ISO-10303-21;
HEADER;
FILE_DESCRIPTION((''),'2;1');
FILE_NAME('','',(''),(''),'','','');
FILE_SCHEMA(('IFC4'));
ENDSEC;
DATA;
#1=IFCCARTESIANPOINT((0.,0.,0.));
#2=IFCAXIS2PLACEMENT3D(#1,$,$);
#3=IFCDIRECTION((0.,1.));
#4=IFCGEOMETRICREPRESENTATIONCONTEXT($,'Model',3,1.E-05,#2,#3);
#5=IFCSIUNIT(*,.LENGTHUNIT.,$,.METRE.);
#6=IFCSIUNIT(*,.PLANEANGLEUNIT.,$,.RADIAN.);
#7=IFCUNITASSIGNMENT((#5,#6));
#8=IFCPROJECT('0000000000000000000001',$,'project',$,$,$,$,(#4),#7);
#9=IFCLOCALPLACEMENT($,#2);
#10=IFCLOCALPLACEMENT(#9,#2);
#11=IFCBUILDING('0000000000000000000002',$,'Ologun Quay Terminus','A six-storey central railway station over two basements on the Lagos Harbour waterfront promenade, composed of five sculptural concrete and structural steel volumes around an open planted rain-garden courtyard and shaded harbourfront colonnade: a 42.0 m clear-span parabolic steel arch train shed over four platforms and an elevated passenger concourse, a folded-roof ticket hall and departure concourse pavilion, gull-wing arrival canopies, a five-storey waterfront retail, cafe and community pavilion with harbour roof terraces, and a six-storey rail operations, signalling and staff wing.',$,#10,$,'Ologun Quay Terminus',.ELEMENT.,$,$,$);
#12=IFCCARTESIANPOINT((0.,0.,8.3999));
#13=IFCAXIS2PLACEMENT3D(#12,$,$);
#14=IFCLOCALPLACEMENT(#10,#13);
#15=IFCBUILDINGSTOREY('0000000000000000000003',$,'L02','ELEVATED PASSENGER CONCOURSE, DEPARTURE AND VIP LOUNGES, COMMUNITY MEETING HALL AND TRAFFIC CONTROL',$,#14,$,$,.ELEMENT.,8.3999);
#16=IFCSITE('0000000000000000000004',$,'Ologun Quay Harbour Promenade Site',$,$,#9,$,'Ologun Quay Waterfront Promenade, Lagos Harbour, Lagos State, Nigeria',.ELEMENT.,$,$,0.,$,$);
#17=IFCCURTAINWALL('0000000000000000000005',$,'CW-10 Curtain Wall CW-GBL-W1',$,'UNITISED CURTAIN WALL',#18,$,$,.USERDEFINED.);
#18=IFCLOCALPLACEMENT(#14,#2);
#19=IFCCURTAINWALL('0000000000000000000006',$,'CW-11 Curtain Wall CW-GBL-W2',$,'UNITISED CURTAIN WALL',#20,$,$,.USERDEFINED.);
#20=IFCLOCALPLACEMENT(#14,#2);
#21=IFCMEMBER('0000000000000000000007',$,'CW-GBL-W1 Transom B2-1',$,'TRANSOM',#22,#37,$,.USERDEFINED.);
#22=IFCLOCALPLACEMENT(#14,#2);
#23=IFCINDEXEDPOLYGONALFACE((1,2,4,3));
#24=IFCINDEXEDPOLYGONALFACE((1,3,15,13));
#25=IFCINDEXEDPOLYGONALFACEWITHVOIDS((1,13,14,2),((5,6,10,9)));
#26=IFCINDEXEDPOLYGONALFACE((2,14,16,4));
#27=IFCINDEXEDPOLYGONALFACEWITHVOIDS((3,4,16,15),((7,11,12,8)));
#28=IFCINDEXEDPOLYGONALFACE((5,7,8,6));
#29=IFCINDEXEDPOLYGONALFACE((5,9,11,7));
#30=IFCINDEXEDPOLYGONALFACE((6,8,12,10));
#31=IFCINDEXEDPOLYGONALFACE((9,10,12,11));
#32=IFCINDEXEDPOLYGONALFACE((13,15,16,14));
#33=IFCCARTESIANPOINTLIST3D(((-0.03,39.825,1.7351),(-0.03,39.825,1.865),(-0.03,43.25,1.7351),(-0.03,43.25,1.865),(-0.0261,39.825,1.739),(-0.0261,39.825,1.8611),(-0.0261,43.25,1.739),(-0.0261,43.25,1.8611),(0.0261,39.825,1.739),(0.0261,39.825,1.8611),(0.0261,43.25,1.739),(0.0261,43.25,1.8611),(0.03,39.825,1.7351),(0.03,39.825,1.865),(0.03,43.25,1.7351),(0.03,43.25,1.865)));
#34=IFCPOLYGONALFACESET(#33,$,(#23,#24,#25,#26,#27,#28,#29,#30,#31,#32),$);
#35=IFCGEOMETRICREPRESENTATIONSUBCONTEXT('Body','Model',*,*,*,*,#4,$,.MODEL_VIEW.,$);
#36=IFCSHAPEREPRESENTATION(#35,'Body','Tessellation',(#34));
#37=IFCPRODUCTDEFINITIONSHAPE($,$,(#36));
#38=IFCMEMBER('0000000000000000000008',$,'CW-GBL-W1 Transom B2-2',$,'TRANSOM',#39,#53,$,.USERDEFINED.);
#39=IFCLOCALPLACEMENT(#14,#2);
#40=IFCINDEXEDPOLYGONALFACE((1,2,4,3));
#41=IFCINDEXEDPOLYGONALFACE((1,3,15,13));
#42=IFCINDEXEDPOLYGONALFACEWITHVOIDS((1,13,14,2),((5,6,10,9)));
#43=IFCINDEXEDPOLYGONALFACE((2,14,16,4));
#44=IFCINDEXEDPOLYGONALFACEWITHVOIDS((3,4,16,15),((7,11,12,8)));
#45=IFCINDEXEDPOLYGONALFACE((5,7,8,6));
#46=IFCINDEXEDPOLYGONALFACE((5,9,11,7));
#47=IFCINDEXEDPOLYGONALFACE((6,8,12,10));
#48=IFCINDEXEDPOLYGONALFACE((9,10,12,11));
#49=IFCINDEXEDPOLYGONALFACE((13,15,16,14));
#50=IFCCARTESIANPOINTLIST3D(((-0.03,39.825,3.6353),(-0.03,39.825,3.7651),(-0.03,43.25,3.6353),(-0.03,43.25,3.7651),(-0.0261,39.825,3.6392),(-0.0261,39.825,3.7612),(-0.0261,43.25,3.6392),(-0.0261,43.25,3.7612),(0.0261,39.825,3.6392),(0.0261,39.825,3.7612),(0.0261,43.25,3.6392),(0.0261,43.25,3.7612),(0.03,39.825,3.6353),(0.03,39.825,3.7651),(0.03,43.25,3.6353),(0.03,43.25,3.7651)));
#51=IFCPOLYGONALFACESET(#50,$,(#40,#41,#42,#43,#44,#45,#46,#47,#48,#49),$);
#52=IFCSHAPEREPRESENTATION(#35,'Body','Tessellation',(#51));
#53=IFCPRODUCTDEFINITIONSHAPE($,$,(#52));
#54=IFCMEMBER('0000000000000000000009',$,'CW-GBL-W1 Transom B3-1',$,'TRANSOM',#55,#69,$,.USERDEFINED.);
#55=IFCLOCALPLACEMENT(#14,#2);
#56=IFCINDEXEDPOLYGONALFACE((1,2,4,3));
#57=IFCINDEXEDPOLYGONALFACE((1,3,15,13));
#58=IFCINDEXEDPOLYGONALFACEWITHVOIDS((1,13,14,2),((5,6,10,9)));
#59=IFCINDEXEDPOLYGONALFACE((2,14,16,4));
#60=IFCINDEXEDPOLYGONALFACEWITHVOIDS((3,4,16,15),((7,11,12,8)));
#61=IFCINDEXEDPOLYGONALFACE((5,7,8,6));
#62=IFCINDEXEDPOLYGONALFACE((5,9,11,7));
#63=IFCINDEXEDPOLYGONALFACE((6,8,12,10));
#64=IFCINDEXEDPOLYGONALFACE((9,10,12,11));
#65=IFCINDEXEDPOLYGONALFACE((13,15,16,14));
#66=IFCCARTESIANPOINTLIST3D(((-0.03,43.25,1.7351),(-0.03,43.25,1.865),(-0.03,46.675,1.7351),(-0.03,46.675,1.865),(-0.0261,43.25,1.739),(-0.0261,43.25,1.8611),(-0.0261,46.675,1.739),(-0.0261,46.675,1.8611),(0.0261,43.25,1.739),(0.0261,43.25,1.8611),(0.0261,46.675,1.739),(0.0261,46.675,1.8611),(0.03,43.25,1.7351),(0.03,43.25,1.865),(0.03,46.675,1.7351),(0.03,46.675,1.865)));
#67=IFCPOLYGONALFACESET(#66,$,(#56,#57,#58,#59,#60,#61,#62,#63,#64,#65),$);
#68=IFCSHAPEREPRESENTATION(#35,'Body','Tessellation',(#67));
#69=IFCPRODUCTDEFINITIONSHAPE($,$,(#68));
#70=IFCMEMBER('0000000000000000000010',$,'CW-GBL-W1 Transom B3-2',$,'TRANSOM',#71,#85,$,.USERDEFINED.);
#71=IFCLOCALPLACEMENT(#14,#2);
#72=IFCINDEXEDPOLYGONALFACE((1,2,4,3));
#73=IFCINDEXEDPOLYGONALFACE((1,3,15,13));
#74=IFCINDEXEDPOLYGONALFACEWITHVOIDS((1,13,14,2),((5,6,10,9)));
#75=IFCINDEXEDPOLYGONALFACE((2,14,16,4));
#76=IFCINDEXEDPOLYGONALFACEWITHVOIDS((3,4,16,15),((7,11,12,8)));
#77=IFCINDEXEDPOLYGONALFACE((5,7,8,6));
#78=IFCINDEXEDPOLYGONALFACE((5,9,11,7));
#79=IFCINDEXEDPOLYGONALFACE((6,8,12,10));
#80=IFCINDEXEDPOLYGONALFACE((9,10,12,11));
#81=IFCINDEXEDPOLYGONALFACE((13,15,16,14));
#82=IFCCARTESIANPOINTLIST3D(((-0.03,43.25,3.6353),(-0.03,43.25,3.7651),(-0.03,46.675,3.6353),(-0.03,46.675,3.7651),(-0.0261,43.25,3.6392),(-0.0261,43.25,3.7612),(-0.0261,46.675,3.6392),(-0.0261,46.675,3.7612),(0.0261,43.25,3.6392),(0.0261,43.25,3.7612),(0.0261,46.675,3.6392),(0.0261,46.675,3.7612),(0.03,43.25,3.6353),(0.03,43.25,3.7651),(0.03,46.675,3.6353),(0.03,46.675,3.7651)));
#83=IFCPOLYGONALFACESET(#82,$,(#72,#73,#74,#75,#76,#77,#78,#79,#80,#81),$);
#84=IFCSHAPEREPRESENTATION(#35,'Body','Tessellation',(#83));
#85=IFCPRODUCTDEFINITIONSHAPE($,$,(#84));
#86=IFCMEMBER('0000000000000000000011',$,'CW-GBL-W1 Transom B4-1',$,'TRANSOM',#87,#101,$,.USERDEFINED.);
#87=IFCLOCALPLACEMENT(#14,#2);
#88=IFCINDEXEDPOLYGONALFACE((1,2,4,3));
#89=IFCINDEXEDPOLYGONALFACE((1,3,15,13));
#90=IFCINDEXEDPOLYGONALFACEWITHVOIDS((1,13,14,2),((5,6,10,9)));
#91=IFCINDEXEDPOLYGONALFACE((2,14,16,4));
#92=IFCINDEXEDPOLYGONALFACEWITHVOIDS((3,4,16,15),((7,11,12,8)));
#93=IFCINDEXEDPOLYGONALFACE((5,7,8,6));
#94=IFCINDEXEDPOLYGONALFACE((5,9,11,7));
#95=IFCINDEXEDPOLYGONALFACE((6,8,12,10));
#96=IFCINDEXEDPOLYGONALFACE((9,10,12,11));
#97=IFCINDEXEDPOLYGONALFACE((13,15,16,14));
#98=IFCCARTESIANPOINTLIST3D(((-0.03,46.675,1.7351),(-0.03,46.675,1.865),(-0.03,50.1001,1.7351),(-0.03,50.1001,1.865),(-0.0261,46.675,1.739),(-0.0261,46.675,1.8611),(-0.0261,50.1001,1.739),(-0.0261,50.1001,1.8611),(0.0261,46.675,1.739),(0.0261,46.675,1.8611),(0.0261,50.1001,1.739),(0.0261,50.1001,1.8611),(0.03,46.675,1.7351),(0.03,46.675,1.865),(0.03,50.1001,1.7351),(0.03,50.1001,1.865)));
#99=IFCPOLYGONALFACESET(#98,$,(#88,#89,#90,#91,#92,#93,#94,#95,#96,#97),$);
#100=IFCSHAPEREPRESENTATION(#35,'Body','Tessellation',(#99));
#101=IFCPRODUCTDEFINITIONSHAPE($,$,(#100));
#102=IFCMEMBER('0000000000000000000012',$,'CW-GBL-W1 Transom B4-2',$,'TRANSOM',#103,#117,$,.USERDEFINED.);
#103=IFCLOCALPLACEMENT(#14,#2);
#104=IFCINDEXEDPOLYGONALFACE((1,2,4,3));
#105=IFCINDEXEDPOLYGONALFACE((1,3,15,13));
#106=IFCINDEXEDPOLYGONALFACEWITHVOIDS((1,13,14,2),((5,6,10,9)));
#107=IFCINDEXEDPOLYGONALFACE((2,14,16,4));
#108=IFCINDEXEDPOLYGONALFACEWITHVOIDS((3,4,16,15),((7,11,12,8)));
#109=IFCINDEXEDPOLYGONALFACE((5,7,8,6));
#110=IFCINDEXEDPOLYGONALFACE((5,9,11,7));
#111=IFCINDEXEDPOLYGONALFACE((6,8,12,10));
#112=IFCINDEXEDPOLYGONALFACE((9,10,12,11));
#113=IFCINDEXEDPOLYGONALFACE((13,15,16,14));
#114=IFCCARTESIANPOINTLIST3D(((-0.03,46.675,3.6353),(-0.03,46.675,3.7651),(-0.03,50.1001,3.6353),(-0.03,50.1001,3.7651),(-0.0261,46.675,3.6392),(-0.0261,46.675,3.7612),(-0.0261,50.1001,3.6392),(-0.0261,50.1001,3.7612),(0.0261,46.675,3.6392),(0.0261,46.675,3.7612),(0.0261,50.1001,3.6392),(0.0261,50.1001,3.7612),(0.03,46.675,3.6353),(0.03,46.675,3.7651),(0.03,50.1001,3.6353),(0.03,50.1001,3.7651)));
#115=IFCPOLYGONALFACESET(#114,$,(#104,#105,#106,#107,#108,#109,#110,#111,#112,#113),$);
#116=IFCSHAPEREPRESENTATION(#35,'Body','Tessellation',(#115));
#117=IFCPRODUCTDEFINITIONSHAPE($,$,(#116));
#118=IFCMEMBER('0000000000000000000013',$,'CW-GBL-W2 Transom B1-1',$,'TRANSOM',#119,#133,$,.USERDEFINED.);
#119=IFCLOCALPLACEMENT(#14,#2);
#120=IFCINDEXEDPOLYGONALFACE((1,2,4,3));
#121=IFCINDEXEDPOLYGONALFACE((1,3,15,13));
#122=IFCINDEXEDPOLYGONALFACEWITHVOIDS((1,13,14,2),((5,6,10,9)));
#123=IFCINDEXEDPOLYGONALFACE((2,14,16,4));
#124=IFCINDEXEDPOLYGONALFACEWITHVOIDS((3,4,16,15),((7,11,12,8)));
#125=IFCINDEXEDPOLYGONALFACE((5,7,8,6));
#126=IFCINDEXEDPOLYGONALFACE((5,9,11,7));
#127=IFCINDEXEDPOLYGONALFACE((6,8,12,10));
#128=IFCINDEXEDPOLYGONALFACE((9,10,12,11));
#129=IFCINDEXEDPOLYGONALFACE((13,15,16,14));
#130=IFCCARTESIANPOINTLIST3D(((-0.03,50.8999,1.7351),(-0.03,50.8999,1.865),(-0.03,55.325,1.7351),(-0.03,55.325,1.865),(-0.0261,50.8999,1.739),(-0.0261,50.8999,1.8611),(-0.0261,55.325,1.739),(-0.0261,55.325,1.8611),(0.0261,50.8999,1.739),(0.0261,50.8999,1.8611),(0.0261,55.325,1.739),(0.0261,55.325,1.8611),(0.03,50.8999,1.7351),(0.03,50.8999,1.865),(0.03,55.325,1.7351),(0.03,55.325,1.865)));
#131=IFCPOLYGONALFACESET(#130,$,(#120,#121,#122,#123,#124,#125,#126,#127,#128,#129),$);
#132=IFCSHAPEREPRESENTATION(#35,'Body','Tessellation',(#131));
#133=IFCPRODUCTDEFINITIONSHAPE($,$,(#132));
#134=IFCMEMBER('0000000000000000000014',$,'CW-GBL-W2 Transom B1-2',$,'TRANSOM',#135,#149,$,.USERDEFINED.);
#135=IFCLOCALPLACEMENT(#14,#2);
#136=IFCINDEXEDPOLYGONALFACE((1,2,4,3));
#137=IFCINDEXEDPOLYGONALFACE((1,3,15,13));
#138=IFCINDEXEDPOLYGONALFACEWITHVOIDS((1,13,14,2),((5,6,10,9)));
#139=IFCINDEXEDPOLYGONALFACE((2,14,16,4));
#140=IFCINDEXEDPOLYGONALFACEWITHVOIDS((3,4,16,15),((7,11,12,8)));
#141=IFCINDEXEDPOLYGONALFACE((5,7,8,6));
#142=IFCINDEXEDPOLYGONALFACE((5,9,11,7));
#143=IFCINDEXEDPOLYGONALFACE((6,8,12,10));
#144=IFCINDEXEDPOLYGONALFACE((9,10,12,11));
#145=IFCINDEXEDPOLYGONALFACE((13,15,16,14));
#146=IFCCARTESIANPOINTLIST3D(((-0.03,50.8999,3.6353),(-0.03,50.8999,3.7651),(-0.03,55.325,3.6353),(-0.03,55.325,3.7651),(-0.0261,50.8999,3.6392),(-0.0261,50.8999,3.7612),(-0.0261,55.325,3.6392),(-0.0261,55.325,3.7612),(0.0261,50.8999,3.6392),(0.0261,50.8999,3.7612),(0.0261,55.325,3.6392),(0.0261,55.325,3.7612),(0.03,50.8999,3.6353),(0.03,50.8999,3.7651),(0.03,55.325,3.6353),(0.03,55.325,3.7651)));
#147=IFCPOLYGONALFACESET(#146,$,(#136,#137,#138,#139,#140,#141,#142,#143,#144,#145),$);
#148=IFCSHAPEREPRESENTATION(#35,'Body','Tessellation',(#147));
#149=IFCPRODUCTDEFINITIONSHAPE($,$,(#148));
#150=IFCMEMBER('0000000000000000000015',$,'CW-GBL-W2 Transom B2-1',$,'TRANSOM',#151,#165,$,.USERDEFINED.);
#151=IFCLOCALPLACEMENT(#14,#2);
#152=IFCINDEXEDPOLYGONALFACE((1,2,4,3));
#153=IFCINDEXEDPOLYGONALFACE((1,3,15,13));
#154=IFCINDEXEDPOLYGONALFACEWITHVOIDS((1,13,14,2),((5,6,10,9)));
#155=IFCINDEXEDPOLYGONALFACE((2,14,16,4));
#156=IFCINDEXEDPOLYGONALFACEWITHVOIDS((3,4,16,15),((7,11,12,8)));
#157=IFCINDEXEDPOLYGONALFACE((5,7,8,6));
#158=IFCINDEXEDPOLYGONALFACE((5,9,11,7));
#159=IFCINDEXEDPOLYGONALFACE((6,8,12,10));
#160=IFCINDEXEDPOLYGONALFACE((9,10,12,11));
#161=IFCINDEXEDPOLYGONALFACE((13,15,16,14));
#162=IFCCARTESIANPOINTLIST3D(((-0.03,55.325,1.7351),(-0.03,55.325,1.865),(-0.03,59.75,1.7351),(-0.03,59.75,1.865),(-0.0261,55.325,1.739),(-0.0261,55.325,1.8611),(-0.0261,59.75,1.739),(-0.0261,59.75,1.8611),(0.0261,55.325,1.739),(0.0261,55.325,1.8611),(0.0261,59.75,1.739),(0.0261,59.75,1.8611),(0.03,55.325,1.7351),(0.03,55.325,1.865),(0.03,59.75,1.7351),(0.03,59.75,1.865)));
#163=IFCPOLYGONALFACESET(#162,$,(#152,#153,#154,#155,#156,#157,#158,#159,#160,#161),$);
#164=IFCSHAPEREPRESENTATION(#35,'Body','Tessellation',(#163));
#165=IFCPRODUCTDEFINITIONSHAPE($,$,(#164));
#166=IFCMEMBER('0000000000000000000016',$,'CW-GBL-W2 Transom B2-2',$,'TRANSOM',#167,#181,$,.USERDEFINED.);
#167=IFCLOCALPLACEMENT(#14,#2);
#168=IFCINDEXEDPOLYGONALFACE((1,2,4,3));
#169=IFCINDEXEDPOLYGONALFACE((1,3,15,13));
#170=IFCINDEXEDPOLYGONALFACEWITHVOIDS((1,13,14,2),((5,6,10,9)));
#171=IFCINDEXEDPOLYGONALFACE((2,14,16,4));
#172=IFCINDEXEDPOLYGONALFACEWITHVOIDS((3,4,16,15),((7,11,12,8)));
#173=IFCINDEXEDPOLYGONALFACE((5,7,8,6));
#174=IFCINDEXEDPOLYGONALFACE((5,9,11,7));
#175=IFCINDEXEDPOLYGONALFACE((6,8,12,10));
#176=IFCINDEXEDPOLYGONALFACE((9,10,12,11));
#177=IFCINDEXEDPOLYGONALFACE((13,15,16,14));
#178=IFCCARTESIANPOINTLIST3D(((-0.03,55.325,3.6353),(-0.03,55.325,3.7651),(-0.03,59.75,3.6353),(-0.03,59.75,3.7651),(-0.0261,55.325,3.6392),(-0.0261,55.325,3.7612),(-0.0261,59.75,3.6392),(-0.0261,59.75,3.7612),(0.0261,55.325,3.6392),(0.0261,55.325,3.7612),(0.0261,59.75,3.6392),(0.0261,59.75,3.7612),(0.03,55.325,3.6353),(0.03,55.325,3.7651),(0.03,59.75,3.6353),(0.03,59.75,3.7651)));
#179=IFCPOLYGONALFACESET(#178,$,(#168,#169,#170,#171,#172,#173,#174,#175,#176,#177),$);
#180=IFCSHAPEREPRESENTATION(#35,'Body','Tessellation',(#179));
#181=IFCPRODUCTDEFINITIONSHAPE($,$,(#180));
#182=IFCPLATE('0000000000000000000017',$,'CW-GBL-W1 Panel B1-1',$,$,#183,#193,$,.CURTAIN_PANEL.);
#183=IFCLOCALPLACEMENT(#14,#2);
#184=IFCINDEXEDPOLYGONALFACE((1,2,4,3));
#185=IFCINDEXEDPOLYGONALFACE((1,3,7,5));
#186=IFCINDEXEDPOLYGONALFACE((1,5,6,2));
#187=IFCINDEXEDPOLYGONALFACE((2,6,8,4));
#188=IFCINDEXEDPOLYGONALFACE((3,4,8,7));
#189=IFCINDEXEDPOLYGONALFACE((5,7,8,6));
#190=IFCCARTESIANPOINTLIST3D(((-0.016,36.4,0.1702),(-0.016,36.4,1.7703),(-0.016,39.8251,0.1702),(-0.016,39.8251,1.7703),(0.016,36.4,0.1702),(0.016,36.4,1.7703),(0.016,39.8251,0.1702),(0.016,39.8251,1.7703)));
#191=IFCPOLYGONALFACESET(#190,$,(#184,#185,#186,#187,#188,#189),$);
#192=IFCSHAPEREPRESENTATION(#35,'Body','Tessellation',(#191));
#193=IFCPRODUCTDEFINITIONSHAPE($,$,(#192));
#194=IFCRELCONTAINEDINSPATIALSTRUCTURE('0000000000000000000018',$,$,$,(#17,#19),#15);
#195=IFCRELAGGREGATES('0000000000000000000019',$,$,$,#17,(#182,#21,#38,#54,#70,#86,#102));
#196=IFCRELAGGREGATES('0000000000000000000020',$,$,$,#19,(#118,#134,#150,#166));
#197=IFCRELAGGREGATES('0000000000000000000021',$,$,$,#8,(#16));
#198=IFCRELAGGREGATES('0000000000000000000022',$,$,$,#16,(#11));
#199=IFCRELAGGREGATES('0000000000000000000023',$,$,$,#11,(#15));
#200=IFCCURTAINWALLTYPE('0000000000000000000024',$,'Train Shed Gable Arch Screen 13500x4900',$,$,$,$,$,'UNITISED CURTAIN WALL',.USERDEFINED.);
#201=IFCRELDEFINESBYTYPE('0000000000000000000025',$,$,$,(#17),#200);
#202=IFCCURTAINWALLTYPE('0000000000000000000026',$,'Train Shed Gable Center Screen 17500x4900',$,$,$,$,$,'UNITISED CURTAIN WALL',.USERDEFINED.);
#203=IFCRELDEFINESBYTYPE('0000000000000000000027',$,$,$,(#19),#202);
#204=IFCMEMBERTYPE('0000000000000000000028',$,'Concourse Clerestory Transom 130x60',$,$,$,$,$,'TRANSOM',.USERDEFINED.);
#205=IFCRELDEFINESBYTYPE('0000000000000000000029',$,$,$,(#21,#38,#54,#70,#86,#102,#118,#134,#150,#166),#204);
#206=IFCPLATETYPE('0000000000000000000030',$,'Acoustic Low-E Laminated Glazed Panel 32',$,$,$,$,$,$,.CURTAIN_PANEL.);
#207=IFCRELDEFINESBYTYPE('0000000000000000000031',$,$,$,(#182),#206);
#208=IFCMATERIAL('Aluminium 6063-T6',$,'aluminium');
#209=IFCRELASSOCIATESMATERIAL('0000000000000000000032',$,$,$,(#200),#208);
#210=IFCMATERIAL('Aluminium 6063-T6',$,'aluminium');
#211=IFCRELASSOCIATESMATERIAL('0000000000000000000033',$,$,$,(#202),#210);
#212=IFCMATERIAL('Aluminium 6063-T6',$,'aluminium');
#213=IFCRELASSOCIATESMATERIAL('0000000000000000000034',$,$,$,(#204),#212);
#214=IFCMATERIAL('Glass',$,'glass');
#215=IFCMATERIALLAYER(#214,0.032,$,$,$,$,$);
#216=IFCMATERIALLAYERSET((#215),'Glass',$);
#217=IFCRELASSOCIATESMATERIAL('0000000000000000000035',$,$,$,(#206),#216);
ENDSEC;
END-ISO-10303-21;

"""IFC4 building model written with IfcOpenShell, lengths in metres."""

from ifc_helpers import new_model, si_unit, direction, frame, origin, origin_2d, place, context, subcontext, project, spatial, rectangle, hollow_rectangle, extrude, material, layer, layer_set, material_profile, profile_set, type_object, element, aggregate, save


model = new_model("IFC4")

# Units and contexts
model_context = context("Model", 3, precision=1e-05, world=origin(), true_north=direction((0.0, 1.0)))
body_context = subcontext(model_context, "Body", "Model", "MODEL_VIEW")
ifc_project = project(units=[si_unit("LENGTHUNIT", "METRE"), si_unit("PLANEANGLEUNIT", "RADIAN")], contexts=[model_context])

# Site, building, storey
site_placement = place(None, origin())
site = spatial("IfcSite", under=ifc_project, at=site_placement, Name="Ologun Quay Harbour Promenade Site", LongName="Ologun Quay Waterfront Promenade, Lagos Harbour, Lagos State, Nigeria", CompositionType="ELEMENT", RefElevation=0.0)
building_placement = place(site_placement, origin())
building = spatial("IfcBuilding", under=site, at=building_placement, Name="Ologun Quay Terminus", Description="A six-storey central railway station over two basements on the Lagos Harbour waterfront promenade, composed of five sculptural concrete and structural steel volumes around an open planted rain-garden courtyard and shaded harbourfront colonnade: a 42.0 m clear-span parabolic steel arch train shed over four platforms and an elevated passenger concourse, a folded-roof ticket hall and departure concourse pavilion, gull-wing arrival canopies, a five-storey waterfront retail, cafe and community pavilion with harbour roof terraces, and a six-storey rail operations, signalling and staff wing.", LongName="Ologun Quay Terminus", CompositionType="ELEMENT")
storey_placement = place(building_placement, frame((0.0, 0.0, 8.3999)))
storey = spatial("IfcBuildingStorey", under=building, at=storey_placement, Name="L02", Description="ELEVATED PASSENGER CONCOURSE, DEPARTURE AND VIP LOUNGES, COMMUNITY MEETING HALL AND TRAFFIC CONTROL", CompositionType="ELEMENT", Elevation=8.3999)

# Curtain walls
ifc_material_1 = material(Name="Aluminium 6063-T6", Category="aluminium")
curtain_wall_type_1 = type_object("IfcCurtainWallType", Name="Train Shed Gable Arch Screen 13500x4900", ElementType="UNITISED CURTAIN WALL", PredefinedType="USERDEFINED", material=ifc_material_1)
curtain_wall_1_placement = place(storey_placement, origin())
curtain_wall_1 = element("IfcCurtainWall", 1, at=curtain_wall_1_placement, inside=storey, type_object=curtain_wall_type_1, Name="CW-10 Curtain Wall CW-GBL-W1", ObjectType="UNITISED CURTAIN WALL", PredefinedType="USERDEFINED")
ifc_material_2 = material(Name="Aluminium 6063-T6", Category="aluminium")
curtain_wall_type_2 = type_object("IfcCurtainWallType", Name="Train Shed Gable Center Screen 17500x4900", ElementType="UNITISED CURTAIN WALL", PredefinedType="USERDEFINED", material=ifc_material_2)
curtain_wall_2_placement = place(storey_placement, origin())
curtain_wall_2 = element("IfcCurtainWall", 2, at=curtain_wall_2_placement, inside=storey, type_object=curtain_wall_type_2, Name="CW-11 Curtain Wall CW-GBL-W2", ObjectType="UNITISED CURTAIN WALL", PredefinedType="USERDEFINED")

# Members
ifc_material_3 = material(Name="Aluminium 6063-T6", Category="aluminium")
ifc_material_profile_1 = material_profile(ifc_material_3, hollow_rectangle(XDim=0.0601, YDim=0.1299, WallThickness=0.0039, at=origin_2d()), Name="ALU 130x60x4")
ifc_profile_set_1 = profile_set([ifc_material_profile_1], Name="Aluminium 6063-T6")
member_type_1 = type_object("IfcMemberType", Name="Concourse Clerestory Transom 130x60", ElementType="TRANSOM", PredefinedType="USERDEFINED", material=ifc_profile_set_1)
member_1_placement = place(storey_placement, frame((0.0, 39.825, 1.8), z_axis=(0.0, 1.0, 0.0), x_axis=(-1.0, 0.0, 0.0)))
member_1 = element("IfcMember", 3, at=member_1_placement, type_object=member_type_1, Name="CW-GBL-W1 Transom B2-1", ObjectType="TRANSOM", PredefinedType="USERDEFINED", context=body_context, shape_type="SweptSolid", body=[
    extrude(hollow_rectangle(XDim=0.0601, YDim=0.1299, WallThickness=0.0039, at=origin_2d()), origin(), (0.0, 0.0, 1.0), 3.425),
])
member_2_placement = place(storey_placement, frame((0.0, 39.825, 3.7002), z_axis=(0.0, 1.0, 0.0), x_axis=(-1.0, 0.0, 0.0)))
member_2 = element("IfcMember", 4, at=member_2_placement, type_object=member_type_1, Name="CW-GBL-W1 Transom B2-2", ObjectType="TRANSOM", PredefinedType="USERDEFINED", context=body_context, shape_type="SweptSolid", body=[
    extrude(hollow_rectangle(XDim=0.0601, YDim=0.1299, WallThickness=0.0039, at=origin_2d()), origin(), (0.0, 0.0, 1.0), 3.425),
])
member_3_placement = place(storey_placement, frame((0.0, 43.25, 1.8), z_axis=(0.0, 1.0, 0.0), x_axis=(-1.0, 0.0, 0.0)))
member_3 = element("IfcMember", 5, at=member_3_placement, type_object=member_type_1, Name="CW-GBL-W1 Transom B3-1", ObjectType="TRANSOM", PredefinedType="USERDEFINED", context=body_context, shape_type="SweptSolid", body=[
    extrude(hollow_rectangle(XDim=0.0601, YDim=0.1299, WallThickness=0.0039, at=origin_2d()), origin(), (0.0, 0.0, 1.0), 3.425),
])
member_4_placement = place(storey_placement, frame((0.0, 43.25, 3.7002), z_axis=(0.0, 1.0, 0.0), x_axis=(-1.0, 0.0, 0.0)))
member_4 = element("IfcMember", 6, at=member_4_placement, type_object=member_type_1, Name="CW-GBL-W1 Transom B3-2", ObjectType="TRANSOM", PredefinedType="USERDEFINED", context=body_context, shape_type="SweptSolid", body=[
    extrude(hollow_rectangle(XDim=0.0601, YDim=0.1299, WallThickness=0.0039, at=origin_2d()), origin(), (0.0, 0.0, 1.0), 3.425),
])
member_5_placement = place(storey_placement, frame((0.0, 46.675, 1.8), z_axis=(0.0, 1.0, 0.0), x_axis=(-1.0, 0.0, 0.0)))
member_5 = element("IfcMember", 7, at=member_5_placement, type_object=member_type_1, Name="CW-GBL-W1 Transom B4-1", ObjectType="TRANSOM", PredefinedType="USERDEFINED", context=body_context, shape_type="SweptSolid", body=[
    extrude(hollow_rectangle(XDim=0.0601, YDim=0.1299, WallThickness=0.0039, at=origin_2d()), origin(), (0.0, 0.0, 1.0), 3.425),
])
member_6_placement = place(storey_placement, frame((0.0, 46.675, 3.7002), z_axis=(0.0, 1.0, 0.0), x_axis=(-1.0, 0.0, 0.0)))
member_6 = element("IfcMember", 8, at=member_6_placement, type_object=member_type_1, Name="CW-GBL-W1 Transom B4-2", ObjectType="TRANSOM", PredefinedType="USERDEFINED", context=body_context, shape_type="SweptSolid", body=[
    extrude(hollow_rectangle(XDim=0.0601, YDim=0.1299, WallThickness=0.0039, at=origin_2d()), origin(), (0.0, 0.0, 1.0), 3.425),
])
member_7_placement = place(storey_placement, frame((0.0, 50.8999, 1.8), z_axis=(0.0, 1.0, 0.0), x_axis=(-1.0, 0.0, 0.0)))
member_7 = element("IfcMember", 9, at=member_7_placement, type_object=member_type_1, Name="CW-GBL-W2 Transom B1-1", ObjectType="TRANSOM", PredefinedType="USERDEFINED", context=body_context, shape_type="SweptSolid", body=[
    extrude(hollow_rectangle(XDim=0.0601, YDim=0.1299, WallThickness=0.0039, at=origin_2d()), origin(), (0.0, 0.0, 1.0), 4.425),
])
member_8_placement = place(storey_placement, frame((0.0, 50.8999, 3.7002), z_axis=(0.0, 1.0, 0.0), x_axis=(-1.0, 0.0, 0.0)))
member_8 = element("IfcMember", 10, at=member_8_placement, type_object=member_type_1, Name="CW-GBL-W2 Transom B1-2", ObjectType="TRANSOM", PredefinedType="USERDEFINED", context=body_context, shape_type="SweptSolid", body=[
    extrude(hollow_rectangle(XDim=0.0601, YDim=0.1299, WallThickness=0.0039, at=origin_2d()), origin(), (0.0, 0.0, 1.0), 4.425),
])
member_9_placement = place(storey_placement, frame((0.0, 55.325, 1.8), z_axis=(0.0, 1.0, 0.0), x_axis=(-1.0, 0.0, 0.0)))
member_9 = element("IfcMember", 11, at=member_9_placement, type_object=member_type_1, Name="CW-GBL-W2 Transom B2-1", ObjectType="TRANSOM", PredefinedType="USERDEFINED", context=body_context, shape_type="SweptSolid", body=[
    extrude(hollow_rectangle(XDim=0.0601, YDim=0.1299, WallThickness=0.0039, at=origin_2d()), origin(), (0.0, 0.0, 1.0), 4.425),
])
member_10_placement = place(storey_placement, frame((0.0, 55.325, 3.7002), z_axis=(0.0, 1.0, 0.0), x_axis=(-1.0, 0.0, 0.0)))
member_10 = element("IfcMember", 12, at=member_10_placement, type_object=member_type_1, Name="CW-GBL-W2 Transom B2-2", ObjectType="TRANSOM", PredefinedType="USERDEFINED", context=body_context, shape_type="SweptSolid", body=[
    extrude(hollow_rectangle(XDim=0.0601, YDim=0.1299, WallThickness=0.0039, at=origin_2d()), origin(), (0.0, 0.0, 1.0), 4.425),
])

# Plate
ifc_material_4 = material(Name="Glass", Category="glass")
ifc_layer = layer(ifc_material_4, 0.032)
ifc_layer_set = layer_set([ifc_layer], Name="Glass")
plate_type = type_object("IfcPlateType", Name="Acoustic Low-E Laminated Glazed Panel 32", PredefinedType="CURTAIN_PANEL", material=ifc_layer_set)
plate_1_placement = place(storey_placement, frame((0.0, 38.1125, 0.1702), z_axis=(0.0, 0.0, 1.0), x_axis=(0.0, 1.0, 0.0)))
plate_1 = element("IfcPlate", 13, at=plate_1_placement, type_object=plate_type, Name="CW-GBL-W1 Panel B1-1", PredefinedType="CURTAIN_PANEL", context=body_context, shape_type="SweptSolid", body=[
    extrude(rectangle(XDim=3.425, YDim=0.032, at=origin_2d()), origin(), (0.0, 0.0, 1.0), 1.6001),
])
aggregate(curtain_wall_1, [plate_1, member_1, member_2, member_3, member_4, member_5, member_6])
aggregate(curtain_wall_2, [member_7, member_8, member_9, member_10])

save(model, "model.ifc")
